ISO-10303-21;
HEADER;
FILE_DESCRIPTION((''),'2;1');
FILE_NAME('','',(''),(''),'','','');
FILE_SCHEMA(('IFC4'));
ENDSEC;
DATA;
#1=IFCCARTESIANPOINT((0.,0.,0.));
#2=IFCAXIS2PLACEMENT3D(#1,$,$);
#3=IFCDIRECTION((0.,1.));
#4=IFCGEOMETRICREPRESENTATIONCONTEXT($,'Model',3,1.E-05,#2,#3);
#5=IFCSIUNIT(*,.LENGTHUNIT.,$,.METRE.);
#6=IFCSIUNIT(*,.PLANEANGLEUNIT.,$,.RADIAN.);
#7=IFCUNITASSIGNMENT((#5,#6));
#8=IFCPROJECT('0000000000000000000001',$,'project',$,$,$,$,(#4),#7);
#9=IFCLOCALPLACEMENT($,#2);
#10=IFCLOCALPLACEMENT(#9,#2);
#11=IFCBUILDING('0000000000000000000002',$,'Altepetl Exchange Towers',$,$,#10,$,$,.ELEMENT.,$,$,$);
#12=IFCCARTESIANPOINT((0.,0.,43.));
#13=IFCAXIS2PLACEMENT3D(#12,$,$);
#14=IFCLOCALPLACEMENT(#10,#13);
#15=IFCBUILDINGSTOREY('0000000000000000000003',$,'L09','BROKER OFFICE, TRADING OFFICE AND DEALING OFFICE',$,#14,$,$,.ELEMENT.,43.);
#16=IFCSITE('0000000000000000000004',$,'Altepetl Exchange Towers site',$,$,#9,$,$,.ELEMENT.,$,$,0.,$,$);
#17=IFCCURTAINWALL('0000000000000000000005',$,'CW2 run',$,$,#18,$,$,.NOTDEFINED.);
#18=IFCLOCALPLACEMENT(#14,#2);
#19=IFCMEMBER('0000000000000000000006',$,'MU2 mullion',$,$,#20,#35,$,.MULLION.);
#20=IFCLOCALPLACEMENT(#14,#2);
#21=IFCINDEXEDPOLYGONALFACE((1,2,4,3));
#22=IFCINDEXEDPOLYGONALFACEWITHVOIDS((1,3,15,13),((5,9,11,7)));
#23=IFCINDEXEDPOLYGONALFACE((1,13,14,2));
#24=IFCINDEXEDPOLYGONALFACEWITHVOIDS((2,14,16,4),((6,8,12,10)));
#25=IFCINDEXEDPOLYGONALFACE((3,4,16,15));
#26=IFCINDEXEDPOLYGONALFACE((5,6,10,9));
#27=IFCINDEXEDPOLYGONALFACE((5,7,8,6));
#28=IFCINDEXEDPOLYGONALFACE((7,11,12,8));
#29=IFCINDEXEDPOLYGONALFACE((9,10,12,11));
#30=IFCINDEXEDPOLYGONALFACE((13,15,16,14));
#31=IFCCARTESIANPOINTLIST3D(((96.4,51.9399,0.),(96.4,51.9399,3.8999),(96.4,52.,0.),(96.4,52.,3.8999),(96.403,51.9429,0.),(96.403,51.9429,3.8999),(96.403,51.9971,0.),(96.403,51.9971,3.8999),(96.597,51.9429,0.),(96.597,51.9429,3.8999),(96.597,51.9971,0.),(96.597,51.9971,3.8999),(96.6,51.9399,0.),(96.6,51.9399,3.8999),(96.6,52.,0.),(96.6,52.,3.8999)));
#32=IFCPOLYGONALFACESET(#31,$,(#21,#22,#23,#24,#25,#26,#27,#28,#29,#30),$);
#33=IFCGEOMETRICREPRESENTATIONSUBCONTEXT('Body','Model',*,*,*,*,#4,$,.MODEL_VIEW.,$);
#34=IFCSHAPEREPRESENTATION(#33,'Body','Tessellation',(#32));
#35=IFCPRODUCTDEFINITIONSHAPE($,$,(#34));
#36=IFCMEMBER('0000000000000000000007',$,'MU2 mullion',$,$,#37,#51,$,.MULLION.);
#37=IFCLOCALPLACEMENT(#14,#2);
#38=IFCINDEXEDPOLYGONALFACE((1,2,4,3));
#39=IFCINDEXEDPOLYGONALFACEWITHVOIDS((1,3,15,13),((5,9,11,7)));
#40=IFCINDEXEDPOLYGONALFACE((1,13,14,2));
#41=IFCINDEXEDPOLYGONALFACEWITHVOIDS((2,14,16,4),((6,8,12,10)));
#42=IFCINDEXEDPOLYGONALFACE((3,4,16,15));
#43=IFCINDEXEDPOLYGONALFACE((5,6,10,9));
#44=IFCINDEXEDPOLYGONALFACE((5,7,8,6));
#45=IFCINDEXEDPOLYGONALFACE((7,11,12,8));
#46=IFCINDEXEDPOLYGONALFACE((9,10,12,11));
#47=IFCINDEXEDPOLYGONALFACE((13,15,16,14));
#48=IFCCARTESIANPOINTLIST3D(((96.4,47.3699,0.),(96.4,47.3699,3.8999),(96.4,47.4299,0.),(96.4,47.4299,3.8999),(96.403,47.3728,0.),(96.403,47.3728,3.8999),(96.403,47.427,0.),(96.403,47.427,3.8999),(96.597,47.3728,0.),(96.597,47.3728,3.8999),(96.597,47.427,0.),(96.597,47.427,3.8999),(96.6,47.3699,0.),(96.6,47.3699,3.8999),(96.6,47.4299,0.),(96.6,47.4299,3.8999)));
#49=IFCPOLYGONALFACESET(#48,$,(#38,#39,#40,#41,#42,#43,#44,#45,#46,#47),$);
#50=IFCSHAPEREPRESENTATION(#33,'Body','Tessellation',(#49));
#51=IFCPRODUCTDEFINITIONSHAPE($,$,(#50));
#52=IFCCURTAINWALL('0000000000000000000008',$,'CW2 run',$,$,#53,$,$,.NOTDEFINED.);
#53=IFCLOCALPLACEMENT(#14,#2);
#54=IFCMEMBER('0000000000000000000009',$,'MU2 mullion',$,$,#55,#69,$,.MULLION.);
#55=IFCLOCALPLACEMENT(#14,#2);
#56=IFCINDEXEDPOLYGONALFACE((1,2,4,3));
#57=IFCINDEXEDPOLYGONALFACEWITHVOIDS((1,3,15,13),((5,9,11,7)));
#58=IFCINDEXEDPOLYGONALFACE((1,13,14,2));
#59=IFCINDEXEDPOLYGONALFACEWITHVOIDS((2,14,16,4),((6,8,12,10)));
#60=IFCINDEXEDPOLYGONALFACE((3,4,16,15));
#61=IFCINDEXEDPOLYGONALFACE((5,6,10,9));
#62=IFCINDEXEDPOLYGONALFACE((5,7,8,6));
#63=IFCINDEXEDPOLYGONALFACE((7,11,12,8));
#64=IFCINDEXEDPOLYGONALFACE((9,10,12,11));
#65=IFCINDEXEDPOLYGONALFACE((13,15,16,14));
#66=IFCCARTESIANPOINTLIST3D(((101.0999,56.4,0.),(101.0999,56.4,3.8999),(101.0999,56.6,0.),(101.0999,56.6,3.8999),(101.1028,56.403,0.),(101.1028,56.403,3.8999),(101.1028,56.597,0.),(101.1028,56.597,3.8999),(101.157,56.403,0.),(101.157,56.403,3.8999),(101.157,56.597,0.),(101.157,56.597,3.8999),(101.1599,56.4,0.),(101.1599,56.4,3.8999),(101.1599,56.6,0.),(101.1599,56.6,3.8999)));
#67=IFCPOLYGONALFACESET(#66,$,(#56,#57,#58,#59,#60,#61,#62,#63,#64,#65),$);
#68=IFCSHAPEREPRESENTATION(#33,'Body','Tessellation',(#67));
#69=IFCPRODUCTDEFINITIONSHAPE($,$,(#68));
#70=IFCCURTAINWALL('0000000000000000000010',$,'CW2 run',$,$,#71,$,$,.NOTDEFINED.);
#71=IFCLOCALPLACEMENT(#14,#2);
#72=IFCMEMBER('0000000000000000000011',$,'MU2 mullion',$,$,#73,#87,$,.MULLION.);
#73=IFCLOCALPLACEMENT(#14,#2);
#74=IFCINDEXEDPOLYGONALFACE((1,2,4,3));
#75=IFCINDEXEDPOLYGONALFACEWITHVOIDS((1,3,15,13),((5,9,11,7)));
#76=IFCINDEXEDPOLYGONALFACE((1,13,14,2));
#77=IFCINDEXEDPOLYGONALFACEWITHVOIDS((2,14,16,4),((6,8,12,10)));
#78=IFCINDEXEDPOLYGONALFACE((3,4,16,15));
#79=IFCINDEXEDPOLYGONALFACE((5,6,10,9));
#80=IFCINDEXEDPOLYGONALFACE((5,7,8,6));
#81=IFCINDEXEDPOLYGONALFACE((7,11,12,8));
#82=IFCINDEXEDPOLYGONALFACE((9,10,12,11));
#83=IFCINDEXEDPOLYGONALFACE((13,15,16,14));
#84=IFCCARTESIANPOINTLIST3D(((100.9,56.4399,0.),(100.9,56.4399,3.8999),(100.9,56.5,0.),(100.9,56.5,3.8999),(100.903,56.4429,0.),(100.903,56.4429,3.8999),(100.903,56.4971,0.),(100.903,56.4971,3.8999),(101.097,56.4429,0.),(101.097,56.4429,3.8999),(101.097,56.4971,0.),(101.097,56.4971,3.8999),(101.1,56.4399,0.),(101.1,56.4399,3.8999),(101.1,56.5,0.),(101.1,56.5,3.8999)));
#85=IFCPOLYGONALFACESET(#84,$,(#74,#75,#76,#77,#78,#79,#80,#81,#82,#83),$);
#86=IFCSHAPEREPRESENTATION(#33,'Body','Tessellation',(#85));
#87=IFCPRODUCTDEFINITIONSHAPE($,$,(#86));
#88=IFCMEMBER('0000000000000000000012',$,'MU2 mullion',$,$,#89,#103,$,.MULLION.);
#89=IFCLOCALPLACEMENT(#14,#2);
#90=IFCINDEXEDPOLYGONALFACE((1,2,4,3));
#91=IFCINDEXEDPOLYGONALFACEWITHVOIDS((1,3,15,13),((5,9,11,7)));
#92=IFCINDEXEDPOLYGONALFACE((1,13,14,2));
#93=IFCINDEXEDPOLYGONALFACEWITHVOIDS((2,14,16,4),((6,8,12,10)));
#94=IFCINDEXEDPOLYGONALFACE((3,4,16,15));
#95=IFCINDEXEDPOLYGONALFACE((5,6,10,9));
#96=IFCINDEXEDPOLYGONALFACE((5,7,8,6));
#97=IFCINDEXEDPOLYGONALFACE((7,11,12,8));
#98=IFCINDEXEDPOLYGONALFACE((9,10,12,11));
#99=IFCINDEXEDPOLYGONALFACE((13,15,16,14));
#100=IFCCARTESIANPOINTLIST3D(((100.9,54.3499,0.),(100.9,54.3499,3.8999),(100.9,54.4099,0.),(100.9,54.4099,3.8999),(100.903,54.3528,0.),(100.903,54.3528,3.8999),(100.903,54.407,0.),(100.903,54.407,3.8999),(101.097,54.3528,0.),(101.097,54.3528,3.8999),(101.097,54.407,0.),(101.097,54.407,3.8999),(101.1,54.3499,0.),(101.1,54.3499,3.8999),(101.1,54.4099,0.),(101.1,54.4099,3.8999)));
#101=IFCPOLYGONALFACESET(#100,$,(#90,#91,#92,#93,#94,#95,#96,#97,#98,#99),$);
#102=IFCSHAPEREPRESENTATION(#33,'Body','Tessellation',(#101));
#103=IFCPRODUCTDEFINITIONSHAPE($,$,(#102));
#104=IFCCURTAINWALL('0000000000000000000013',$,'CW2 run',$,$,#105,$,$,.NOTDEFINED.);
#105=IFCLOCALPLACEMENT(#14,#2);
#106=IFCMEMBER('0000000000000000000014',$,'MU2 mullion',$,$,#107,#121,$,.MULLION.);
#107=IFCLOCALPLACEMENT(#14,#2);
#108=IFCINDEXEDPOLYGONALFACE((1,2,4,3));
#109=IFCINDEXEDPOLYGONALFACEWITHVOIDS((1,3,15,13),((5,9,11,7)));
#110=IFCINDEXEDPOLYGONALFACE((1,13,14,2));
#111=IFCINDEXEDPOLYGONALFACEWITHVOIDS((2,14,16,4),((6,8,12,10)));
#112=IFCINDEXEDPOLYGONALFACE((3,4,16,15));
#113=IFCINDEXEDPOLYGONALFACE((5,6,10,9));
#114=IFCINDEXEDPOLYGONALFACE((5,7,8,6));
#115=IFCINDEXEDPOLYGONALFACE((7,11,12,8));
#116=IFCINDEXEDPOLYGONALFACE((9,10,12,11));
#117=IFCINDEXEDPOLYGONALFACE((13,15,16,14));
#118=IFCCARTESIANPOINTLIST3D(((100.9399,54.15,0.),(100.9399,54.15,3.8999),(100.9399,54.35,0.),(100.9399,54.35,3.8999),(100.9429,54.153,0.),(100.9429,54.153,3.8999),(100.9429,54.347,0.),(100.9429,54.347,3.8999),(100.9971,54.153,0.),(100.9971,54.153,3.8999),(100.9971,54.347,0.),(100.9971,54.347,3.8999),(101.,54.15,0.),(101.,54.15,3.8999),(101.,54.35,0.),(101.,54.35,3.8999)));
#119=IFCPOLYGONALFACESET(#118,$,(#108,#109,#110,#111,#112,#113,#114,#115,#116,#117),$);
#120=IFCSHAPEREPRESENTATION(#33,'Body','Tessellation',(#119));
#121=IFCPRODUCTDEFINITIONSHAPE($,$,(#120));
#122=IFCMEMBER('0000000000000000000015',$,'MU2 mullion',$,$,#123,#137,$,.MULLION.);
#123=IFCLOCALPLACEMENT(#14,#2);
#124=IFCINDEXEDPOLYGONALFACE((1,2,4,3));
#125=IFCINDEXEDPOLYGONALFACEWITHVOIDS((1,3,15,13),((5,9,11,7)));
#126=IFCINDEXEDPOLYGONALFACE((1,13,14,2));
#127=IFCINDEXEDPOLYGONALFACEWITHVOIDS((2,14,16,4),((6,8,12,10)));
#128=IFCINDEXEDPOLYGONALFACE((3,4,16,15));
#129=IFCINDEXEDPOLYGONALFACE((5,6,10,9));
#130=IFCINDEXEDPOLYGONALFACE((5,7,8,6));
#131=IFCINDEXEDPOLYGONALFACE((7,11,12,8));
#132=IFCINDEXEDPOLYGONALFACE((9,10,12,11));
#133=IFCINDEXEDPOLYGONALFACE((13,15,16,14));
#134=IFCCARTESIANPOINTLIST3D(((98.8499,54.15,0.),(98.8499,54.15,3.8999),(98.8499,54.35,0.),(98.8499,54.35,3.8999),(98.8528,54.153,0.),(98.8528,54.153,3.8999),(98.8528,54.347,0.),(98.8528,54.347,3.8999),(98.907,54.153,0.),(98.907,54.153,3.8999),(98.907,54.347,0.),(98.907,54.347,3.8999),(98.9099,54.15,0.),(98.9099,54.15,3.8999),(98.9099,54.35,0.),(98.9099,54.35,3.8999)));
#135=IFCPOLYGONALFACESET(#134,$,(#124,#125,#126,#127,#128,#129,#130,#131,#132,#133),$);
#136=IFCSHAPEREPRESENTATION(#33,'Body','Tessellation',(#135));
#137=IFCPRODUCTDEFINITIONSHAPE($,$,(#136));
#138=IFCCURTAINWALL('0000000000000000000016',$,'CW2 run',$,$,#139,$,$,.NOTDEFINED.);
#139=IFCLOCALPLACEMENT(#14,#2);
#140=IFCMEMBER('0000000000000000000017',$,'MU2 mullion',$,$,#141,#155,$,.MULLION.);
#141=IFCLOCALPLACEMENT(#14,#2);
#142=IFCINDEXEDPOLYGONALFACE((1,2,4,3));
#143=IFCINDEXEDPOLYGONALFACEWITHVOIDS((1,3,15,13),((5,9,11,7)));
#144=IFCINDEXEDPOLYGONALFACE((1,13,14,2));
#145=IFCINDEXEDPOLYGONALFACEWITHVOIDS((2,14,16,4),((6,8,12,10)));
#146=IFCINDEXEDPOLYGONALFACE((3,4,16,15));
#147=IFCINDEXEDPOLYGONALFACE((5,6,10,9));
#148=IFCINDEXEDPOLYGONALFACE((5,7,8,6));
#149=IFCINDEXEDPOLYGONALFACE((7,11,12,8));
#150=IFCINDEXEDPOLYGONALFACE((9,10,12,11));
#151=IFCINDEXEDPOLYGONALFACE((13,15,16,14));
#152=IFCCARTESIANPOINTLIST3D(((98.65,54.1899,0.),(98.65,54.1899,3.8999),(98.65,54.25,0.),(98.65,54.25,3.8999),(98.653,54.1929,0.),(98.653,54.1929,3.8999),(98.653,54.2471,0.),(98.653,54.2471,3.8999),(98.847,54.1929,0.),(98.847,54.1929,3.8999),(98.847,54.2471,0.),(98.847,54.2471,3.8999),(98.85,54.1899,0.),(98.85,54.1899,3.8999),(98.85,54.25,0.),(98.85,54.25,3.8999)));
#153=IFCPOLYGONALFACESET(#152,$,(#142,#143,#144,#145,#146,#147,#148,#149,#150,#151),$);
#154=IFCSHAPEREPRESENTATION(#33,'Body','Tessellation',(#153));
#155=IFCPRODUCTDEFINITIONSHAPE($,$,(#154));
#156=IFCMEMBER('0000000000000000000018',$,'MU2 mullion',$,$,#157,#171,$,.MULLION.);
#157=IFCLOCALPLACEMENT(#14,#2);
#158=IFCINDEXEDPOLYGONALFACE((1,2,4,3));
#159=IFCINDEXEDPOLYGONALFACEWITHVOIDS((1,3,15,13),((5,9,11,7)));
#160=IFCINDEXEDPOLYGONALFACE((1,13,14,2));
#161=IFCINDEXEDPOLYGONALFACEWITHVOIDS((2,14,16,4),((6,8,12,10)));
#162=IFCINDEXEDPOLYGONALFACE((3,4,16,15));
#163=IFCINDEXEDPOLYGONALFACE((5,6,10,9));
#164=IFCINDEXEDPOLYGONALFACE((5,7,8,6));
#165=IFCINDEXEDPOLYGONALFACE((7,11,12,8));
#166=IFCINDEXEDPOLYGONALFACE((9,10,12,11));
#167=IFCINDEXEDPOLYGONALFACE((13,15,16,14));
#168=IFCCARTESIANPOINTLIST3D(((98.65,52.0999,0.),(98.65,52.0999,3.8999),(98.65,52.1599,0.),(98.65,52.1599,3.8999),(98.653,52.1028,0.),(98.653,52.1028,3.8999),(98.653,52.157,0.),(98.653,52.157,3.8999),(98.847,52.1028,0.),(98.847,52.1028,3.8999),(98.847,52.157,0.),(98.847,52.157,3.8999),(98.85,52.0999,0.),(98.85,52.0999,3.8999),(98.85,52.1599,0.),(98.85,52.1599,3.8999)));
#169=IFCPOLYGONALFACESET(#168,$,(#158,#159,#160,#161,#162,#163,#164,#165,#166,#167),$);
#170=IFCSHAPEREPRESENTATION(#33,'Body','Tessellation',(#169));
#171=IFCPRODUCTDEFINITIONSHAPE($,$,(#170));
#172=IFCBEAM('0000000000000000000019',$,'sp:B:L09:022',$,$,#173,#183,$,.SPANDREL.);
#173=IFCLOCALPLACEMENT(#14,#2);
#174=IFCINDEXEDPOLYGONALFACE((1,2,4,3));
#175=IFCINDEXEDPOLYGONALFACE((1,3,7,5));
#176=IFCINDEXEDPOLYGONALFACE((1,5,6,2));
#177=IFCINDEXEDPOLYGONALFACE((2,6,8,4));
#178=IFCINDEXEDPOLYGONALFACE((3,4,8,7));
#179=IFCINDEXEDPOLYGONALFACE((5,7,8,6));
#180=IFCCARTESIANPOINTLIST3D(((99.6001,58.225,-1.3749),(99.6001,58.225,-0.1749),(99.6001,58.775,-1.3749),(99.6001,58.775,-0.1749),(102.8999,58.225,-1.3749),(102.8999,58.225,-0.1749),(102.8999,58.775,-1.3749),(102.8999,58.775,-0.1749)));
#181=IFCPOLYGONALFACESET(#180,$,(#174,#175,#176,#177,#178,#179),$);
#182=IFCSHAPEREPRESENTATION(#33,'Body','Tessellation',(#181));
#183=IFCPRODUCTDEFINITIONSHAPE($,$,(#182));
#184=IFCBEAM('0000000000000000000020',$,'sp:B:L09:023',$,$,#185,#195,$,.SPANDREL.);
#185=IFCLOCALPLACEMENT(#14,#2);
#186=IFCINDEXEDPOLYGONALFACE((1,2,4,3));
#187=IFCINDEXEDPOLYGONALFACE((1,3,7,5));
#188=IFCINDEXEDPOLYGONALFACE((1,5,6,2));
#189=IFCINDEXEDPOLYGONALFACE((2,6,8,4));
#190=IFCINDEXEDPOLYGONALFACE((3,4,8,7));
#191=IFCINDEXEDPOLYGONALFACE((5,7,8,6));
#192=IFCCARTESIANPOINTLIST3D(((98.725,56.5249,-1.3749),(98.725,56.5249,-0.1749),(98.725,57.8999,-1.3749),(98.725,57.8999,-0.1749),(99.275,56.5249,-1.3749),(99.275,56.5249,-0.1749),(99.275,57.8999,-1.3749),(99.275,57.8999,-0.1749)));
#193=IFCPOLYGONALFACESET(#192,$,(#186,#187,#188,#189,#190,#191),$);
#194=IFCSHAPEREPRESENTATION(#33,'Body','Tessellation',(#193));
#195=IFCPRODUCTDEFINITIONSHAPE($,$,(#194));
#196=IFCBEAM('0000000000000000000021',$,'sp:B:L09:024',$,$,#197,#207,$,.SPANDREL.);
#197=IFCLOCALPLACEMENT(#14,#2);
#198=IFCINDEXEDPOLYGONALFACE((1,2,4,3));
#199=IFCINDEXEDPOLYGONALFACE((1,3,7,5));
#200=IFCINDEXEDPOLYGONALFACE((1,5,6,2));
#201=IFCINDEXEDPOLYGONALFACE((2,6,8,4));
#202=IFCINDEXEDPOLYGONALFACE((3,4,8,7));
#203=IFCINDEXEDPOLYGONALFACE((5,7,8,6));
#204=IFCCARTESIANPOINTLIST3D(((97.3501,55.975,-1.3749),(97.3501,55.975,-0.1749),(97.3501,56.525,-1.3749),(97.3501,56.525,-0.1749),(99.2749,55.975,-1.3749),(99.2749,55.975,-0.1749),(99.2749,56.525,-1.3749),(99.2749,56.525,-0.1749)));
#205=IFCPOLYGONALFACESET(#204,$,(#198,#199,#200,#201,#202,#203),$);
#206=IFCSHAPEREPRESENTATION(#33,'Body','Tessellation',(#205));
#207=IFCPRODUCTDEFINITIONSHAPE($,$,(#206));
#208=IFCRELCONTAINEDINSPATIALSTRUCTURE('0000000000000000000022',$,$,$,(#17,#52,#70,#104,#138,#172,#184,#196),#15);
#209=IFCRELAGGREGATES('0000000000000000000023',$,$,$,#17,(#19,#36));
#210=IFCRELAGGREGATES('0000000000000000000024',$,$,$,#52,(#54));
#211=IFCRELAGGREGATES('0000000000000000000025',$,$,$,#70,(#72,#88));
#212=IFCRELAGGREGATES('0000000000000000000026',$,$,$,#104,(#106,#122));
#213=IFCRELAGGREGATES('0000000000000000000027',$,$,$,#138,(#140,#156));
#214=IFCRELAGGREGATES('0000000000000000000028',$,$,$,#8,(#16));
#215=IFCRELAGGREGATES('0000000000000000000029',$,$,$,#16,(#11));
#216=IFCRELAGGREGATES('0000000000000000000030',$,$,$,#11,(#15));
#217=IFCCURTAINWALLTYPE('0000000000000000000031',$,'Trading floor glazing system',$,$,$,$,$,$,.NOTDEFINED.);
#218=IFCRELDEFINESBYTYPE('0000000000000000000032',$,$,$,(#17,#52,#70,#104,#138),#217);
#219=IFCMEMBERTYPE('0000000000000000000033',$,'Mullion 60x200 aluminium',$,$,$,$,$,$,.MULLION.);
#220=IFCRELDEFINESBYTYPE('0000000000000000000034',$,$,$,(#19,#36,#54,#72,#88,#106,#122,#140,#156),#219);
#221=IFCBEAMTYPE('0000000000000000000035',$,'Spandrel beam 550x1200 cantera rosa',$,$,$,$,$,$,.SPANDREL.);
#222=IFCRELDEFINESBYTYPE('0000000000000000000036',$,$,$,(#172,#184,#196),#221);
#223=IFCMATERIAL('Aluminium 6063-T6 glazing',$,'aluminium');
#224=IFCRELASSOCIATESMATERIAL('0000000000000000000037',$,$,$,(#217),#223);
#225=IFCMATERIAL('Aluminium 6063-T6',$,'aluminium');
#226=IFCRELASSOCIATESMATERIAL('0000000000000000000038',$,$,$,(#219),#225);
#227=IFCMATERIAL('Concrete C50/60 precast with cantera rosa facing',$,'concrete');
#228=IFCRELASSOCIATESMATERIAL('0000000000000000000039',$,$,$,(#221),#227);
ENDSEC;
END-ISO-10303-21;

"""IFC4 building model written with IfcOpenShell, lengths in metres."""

from ifc_helpers import new_model, si_unit, direction, frame, origin, origin_2d, place, context, subcontext, project, spatial, rectangle, hollow_rectangle, extrude, material, material_profile, profile_set, type_object, element, aggregate, save


model = new_model("IFC4")

# Units and contexts
model_context = context("Model", 3, precision=1e-05, world=origin(), true_north=direction((0.0, 1.0)))
body_context = subcontext(model_context, "Body", "Model", "MODEL_VIEW")
ifc_project = project(units=[si_unit("LENGTHUNIT", "METRE"), si_unit("PLANEANGLEUNIT", "RADIAN")], contexts=[model_context])

# Site, building, storey
site_placement = place(None, origin())
site = spatial("IfcSite", under=ifc_project, at=site_placement, Name="Altepetl Exchange Towers site", CompositionType="ELEMENT", RefElevation=0.0)
building_placement = place(site_placement, origin())
building = spatial("IfcBuilding", under=site, at=building_placement, Name="Altepetl Exchange Towers", CompositionType="ELEMENT")
storey_placement = place(building_placement, frame((0.0, 0.0, 43.0)))
storey = spatial("IfcBuildingStorey", under=building, at=storey_placement, Name="L09", Description="BROKER OFFICE, TRADING OFFICE AND DEALING OFFICE", CompositionType="ELEMENT", Elevation=43.0)

# Curtain wall, members
ifc_material_1 = material(Name="Aluminium 6063-T6 glazing", Category="aluminium")
curtain_wall_type = type_object("IfcCurtainWallType", Name="Trading floor glazing system", PredefinedType="NOTDEFINED", material=ifc_material_1)
ifc_material_2 = material(Name="Aluminium 6063-T6", Category="aluminium")
ifc_material_profile_1 = material_profile(ifc_material_2, hollow_rectangle(XDim=0.0601, YDim=0.2, WallThickness=0.0029, at=origin_2d()), Name="Mullion 60x200 aluminium")
ifc_profile_set_1 = profile_set([ifc_material_profile_1], Name="Aluminium 6063-T6")
member_type = type_object("IfcMemberType", Name="Mullion 60x200 aluminium", PredefinedType="MULLION", material=ifc_profile_set_1)
curtain_wall_1_placement = place(storey_placement, origin())
curtain_wall_1 = element("IfcCurtainWall", 1, at=curtain_wall_1_placement, inside=storey, type_object=curtain_wall_type, Name="CW2 run", PredefinedType="NOTDEFINED")
member_1_placement = place(storey_placement, frame((96.5, 51.97, 0.0), z_axis=(0.0, 0.0, 1.0), x_axis=(0.0, -1.0, 0.0)))
member_1 = element("IfcMember", 2, at=member_1_placement, type_object=member_type, Name="MU2 mullion", PredefinedType="MULLION", context=body_context, shape_type="SweptSolid", body=[
    extrude(hollow_rectangle(XDim=0.0601, YDim=0.2, WallThickness=0.0029, at=origin_2d()), origin(), (0.0, 0.0, 1.0), 3.8999),
])
member_2_placement = place(storey_placement, frame((96.5, 47.3999, 0.0), z_axis=(0.0, 0.0, 1.0), x_axis=(0.0, -1.0, 0.0)))
member_2 = element("IfcMember", 3, at=member_2_placement, type_object=member_type, Name="MU2 mullion", PredefinedType="MULLION", context=body_context, shape_type="SweptSolid", body=[
    extrude(hollow_rectangle(XDim=0.0601, YDim=0.2, WallThickness=0.0029, at=origin_2d()), origin(), (0.0, 0.0, 1.0), 3.8999),
])

# Curtain wall, member
curtain_wall_2_placement = place(storey_placement, origin())
curtain_wall_2 = element("IfcCurtainWall", 4, at=curtain_wall_2_placement, inside=storey, type_object=curtain_wall_type, Name="CW2 run", PredefinedType="NOTDEFINED")
member_3_placement = place(storey_placement, frame((101.1299, 56.5, 0.0), z_axis=(0.0, 0.0, 1.0), x_axis=(-1.0, 0.0, 0.0)))
member_3 = element("IfcMember", 5, at=member_3_placement, type_object=member_type, Name="MU2 mullion", PredefinedType="MULLION", context=body_context, shape_type="SweptSolid", body=[
    extrude(hollow_rectangle(XDim=0.0601, YDim=0.2, WallThickness=0.0029, at=origin_2d()), origin(), (0.0, 0.0, 1.0), 3.8999),
])

# Curtain walls, members
curtain_wall_3_placement = place(storey_placement, origin())
curtain_wall_3 = element("IfcCurtainWall", 6, at=curtain_wall_3_placement, inside=storey, type_object=curtain_wall_type, Name="CW2 run", PredefinedType="NOTDEFINED")
member_4_placement = place(storey_placement, frame((101.0, 56.47, 0.0), z_axis=(0.0, 0.0, 1.0), x_axis=(0.0, -1.0, 0.0)))
member_4 = element("IfcMember", 7, at=member_4_placement, type_object=member_type, Name="MU2 mullion", PredefinedType="MULLION", context=body_context, shape_type="SweptSolid", body=[
    extrude(hollow_rectangle(XDim=0.0601, YDim=0.2, WallThickness=0.0029, at=origin_2d()), origin(), (0.0, 0.0, 1.0), 3.8999),
])
member_5_placement = place(storey_placement, frame((101.0, 54.3799, 0.0), z_axis=(0.0, 0.0, 1.0), x_axis=(0.0, -1.0, 0.0)))
member_5 = element("IfcMember", 8, at=member_5_placement, type_object=member_type, Name="MU2 mullion", PredefinedType="MULLION", context=body_context, shape_type="SweptSolid", body=[
    extrude(hollow_rectangle(XDim=0.0601, YDim=0.2, WallThickness=0.0029, at=origin_2d()), origin(), (0.0, 0.0, 1.0), 3.8999),
])
curtain_wall_4_placement = place(storey_placement, origin())
curtain_wall_4 = element("IfcCurtainWall", 9, at=curtain_wall_4_placement, inside=storey, type_object=curtain_wall_type, Name="CW2 run", PredefinedType="NOTDEFINED")
member_6_placement = place(storey_placement, frame((100.97, 54.25, 0.0), z_axis=(0.0, 0.0, 1.0), x_axis=(-1.0, 0.0, 0.0)))
member_6 = element("IfcMember", 10, at=member_6_placement, type_object=member_type, Name="MU2 mullion", PredefinedType="MULLION", context=body_context, shape_type="SweptSolid", body=[
    extrude(hollow_rectangle(XDim=0.0601, YDim=0.2, WallThickness=0.0029, at=origin_2d()), origin(), (0.0, 0.0, 1.0), 3.8999),
])
member_7_placement = place(storey_placement, frame((98.8799, 54.25, 0.0), z_axis=(0.0, 0.0, 1.0), x_axis=(-1.0, 0.0, 0.0)))
member_7 = element("IfcMember", 11, at=member_7_placement, type_object=member_type, Name="MU2 mullion", PredefinedType="MULLION", context=body_context, shape_type="SweptSolid", body=[
    extrude(hollow_rectangle(XDim=0.0601, YDim=0.2, WallThickness=0.0029, at=origin_2d()), origin(), (0.0, 0.0, 1.0), 3.8999),
])
curtain_wall_5_placement = place(storey_placement, origin())
curtain_wall_5 = element("IfcCurtainWall", 12, at=curtain_wall_5_placement, inside=storey, type_object=curtain_wall_type, Name="CW2 run", PredefinedType="NOTDEFINED")
member_8_placement = place(storey_placement, frame((98.75, 54.22, 0.0), z_axis=(0.0, 0.0, 1.0), x_axis=(0.0, -1.0, 0.0)))
member_8 = element("IfcMember", 13, at=member_8_placement, type_object=member_type, Name="MU2 mullion", PredefinedType="MULLION", context=body_context, shape_type="SweptSolid", body=[
    extrude(hollow_rectangle(XDim=0.0601, YDim=0.2, WallThickness=0.0029, at=origin_2d()), origin(), (0.0, 0.0, 1.0), 3.8999),
])
member_9_placement = place(storey_placement, frame((98.75, 52.1299, 0.0), z_axis=(0.0, 0.0, 1.0), x_axis=(0.0, -1.0, 0.0)))
member_9 = element("IfcMember", 14, at=member_9_placement, type_object=member_type, Name="MU2 mullion", PredefinedType="MULLION", context=body_context, shape_type="SweptSolid", body=[
    extrude(hollow_rectangle(XDim=0.0601, YDim=0.2, WallThickness=0.0029, at=origin_2d()), origin(), (0.0, 0.0, 1.0), 3.8999),
])

# Beams
ifc_material_3 = material(Name="Concrete C50/60 precast with cantera rosa facing", Category="concrete")
ifc_material_profile_2 = material_profile(ifc_material_3, rectangle(XDim=0.55, YDim=1.2, at=origin_2d()), Name="550 x 1200")
ifc_profile_set_2 = profile_set([ifc_material_profile_2], Name="Concrete C50/60 precast with cantera rosa facing")
beam_type_1 = type_object("IfcBeamType", Name="Spandrel beam 550x1200 cantera rosa", PredefinedType="SPANDREL", material=ifc_profile_set_2)
beam_1_placement = place(storey_placement, frame((102.8999, 58.5, -0.7749), z_axis=(-1.0, 0.0, 0.0), x_axis=(0.0, -1.0, 0.0)))
element("IfcBeam", 15, at=beam_1_placement, inside=storey, type_object=beam_type_1, Name="sp:B:L09:022", PredefinedType="SPANDREL", context=body_context, shape_type="SweptSolid", body=[
    extrude(rectangle(XDim=0.55, YDim=1.2, at=origin_2d()), origin(), (0.0, 0.0, 1.0), 3.2998),
])
beam_2_placement = place(storey_placement, frame((99.0, 57.8999, -0.7749), z_axis=(0.0, -1.0, 0.0), x_axis=(1.0, 0.0, 0.0)))
element("IfcBeam", 16, at=beam_2_placement, inside=storey, type_object=beam_type_1, Name="sp:B:L09:023", PredefinedType="SPANDREL", context=body_context, shape_type="SweptSolid", body=[
    extrude(rectangle(XDim=0.55, YDim=1.2, at=origin_2d()), origin(), (0.0, 0.0, 1.0), 1.375),
])
beam_3_placement = place(storey_placement, frame((99.2749, 56.25, -0.7749), z_axis=(-1.0, 0.0, 0.0), x_axis=(0.0, -1.0, 0.0)))
element("IfcBeam", 17, at=beam_3_placement, inside=storey, type_object=beam_type_1, Name="sp:B:L09:024", PredefinedType="SPANDREL", context=body_context, shape_type="SweptSolid", body=[
    extrude(rectangle(XDim=0.55, YDim=1.2, at=origin_2d()), origin(), (0.0, 0.0, 1.0), 1.9248),
])

aggregate(curtain_wall_1, [member_1, member_2])
aggregate(curtain_wall_2, [member_3])
aggregate(curtain_wall_3, [member_4, member_5])
aggregate(curtain_wall_4, [member_6, member_7])
aggregate(curtain_wall_5, [member_8, member_9])

save(model, "model.ifc")
